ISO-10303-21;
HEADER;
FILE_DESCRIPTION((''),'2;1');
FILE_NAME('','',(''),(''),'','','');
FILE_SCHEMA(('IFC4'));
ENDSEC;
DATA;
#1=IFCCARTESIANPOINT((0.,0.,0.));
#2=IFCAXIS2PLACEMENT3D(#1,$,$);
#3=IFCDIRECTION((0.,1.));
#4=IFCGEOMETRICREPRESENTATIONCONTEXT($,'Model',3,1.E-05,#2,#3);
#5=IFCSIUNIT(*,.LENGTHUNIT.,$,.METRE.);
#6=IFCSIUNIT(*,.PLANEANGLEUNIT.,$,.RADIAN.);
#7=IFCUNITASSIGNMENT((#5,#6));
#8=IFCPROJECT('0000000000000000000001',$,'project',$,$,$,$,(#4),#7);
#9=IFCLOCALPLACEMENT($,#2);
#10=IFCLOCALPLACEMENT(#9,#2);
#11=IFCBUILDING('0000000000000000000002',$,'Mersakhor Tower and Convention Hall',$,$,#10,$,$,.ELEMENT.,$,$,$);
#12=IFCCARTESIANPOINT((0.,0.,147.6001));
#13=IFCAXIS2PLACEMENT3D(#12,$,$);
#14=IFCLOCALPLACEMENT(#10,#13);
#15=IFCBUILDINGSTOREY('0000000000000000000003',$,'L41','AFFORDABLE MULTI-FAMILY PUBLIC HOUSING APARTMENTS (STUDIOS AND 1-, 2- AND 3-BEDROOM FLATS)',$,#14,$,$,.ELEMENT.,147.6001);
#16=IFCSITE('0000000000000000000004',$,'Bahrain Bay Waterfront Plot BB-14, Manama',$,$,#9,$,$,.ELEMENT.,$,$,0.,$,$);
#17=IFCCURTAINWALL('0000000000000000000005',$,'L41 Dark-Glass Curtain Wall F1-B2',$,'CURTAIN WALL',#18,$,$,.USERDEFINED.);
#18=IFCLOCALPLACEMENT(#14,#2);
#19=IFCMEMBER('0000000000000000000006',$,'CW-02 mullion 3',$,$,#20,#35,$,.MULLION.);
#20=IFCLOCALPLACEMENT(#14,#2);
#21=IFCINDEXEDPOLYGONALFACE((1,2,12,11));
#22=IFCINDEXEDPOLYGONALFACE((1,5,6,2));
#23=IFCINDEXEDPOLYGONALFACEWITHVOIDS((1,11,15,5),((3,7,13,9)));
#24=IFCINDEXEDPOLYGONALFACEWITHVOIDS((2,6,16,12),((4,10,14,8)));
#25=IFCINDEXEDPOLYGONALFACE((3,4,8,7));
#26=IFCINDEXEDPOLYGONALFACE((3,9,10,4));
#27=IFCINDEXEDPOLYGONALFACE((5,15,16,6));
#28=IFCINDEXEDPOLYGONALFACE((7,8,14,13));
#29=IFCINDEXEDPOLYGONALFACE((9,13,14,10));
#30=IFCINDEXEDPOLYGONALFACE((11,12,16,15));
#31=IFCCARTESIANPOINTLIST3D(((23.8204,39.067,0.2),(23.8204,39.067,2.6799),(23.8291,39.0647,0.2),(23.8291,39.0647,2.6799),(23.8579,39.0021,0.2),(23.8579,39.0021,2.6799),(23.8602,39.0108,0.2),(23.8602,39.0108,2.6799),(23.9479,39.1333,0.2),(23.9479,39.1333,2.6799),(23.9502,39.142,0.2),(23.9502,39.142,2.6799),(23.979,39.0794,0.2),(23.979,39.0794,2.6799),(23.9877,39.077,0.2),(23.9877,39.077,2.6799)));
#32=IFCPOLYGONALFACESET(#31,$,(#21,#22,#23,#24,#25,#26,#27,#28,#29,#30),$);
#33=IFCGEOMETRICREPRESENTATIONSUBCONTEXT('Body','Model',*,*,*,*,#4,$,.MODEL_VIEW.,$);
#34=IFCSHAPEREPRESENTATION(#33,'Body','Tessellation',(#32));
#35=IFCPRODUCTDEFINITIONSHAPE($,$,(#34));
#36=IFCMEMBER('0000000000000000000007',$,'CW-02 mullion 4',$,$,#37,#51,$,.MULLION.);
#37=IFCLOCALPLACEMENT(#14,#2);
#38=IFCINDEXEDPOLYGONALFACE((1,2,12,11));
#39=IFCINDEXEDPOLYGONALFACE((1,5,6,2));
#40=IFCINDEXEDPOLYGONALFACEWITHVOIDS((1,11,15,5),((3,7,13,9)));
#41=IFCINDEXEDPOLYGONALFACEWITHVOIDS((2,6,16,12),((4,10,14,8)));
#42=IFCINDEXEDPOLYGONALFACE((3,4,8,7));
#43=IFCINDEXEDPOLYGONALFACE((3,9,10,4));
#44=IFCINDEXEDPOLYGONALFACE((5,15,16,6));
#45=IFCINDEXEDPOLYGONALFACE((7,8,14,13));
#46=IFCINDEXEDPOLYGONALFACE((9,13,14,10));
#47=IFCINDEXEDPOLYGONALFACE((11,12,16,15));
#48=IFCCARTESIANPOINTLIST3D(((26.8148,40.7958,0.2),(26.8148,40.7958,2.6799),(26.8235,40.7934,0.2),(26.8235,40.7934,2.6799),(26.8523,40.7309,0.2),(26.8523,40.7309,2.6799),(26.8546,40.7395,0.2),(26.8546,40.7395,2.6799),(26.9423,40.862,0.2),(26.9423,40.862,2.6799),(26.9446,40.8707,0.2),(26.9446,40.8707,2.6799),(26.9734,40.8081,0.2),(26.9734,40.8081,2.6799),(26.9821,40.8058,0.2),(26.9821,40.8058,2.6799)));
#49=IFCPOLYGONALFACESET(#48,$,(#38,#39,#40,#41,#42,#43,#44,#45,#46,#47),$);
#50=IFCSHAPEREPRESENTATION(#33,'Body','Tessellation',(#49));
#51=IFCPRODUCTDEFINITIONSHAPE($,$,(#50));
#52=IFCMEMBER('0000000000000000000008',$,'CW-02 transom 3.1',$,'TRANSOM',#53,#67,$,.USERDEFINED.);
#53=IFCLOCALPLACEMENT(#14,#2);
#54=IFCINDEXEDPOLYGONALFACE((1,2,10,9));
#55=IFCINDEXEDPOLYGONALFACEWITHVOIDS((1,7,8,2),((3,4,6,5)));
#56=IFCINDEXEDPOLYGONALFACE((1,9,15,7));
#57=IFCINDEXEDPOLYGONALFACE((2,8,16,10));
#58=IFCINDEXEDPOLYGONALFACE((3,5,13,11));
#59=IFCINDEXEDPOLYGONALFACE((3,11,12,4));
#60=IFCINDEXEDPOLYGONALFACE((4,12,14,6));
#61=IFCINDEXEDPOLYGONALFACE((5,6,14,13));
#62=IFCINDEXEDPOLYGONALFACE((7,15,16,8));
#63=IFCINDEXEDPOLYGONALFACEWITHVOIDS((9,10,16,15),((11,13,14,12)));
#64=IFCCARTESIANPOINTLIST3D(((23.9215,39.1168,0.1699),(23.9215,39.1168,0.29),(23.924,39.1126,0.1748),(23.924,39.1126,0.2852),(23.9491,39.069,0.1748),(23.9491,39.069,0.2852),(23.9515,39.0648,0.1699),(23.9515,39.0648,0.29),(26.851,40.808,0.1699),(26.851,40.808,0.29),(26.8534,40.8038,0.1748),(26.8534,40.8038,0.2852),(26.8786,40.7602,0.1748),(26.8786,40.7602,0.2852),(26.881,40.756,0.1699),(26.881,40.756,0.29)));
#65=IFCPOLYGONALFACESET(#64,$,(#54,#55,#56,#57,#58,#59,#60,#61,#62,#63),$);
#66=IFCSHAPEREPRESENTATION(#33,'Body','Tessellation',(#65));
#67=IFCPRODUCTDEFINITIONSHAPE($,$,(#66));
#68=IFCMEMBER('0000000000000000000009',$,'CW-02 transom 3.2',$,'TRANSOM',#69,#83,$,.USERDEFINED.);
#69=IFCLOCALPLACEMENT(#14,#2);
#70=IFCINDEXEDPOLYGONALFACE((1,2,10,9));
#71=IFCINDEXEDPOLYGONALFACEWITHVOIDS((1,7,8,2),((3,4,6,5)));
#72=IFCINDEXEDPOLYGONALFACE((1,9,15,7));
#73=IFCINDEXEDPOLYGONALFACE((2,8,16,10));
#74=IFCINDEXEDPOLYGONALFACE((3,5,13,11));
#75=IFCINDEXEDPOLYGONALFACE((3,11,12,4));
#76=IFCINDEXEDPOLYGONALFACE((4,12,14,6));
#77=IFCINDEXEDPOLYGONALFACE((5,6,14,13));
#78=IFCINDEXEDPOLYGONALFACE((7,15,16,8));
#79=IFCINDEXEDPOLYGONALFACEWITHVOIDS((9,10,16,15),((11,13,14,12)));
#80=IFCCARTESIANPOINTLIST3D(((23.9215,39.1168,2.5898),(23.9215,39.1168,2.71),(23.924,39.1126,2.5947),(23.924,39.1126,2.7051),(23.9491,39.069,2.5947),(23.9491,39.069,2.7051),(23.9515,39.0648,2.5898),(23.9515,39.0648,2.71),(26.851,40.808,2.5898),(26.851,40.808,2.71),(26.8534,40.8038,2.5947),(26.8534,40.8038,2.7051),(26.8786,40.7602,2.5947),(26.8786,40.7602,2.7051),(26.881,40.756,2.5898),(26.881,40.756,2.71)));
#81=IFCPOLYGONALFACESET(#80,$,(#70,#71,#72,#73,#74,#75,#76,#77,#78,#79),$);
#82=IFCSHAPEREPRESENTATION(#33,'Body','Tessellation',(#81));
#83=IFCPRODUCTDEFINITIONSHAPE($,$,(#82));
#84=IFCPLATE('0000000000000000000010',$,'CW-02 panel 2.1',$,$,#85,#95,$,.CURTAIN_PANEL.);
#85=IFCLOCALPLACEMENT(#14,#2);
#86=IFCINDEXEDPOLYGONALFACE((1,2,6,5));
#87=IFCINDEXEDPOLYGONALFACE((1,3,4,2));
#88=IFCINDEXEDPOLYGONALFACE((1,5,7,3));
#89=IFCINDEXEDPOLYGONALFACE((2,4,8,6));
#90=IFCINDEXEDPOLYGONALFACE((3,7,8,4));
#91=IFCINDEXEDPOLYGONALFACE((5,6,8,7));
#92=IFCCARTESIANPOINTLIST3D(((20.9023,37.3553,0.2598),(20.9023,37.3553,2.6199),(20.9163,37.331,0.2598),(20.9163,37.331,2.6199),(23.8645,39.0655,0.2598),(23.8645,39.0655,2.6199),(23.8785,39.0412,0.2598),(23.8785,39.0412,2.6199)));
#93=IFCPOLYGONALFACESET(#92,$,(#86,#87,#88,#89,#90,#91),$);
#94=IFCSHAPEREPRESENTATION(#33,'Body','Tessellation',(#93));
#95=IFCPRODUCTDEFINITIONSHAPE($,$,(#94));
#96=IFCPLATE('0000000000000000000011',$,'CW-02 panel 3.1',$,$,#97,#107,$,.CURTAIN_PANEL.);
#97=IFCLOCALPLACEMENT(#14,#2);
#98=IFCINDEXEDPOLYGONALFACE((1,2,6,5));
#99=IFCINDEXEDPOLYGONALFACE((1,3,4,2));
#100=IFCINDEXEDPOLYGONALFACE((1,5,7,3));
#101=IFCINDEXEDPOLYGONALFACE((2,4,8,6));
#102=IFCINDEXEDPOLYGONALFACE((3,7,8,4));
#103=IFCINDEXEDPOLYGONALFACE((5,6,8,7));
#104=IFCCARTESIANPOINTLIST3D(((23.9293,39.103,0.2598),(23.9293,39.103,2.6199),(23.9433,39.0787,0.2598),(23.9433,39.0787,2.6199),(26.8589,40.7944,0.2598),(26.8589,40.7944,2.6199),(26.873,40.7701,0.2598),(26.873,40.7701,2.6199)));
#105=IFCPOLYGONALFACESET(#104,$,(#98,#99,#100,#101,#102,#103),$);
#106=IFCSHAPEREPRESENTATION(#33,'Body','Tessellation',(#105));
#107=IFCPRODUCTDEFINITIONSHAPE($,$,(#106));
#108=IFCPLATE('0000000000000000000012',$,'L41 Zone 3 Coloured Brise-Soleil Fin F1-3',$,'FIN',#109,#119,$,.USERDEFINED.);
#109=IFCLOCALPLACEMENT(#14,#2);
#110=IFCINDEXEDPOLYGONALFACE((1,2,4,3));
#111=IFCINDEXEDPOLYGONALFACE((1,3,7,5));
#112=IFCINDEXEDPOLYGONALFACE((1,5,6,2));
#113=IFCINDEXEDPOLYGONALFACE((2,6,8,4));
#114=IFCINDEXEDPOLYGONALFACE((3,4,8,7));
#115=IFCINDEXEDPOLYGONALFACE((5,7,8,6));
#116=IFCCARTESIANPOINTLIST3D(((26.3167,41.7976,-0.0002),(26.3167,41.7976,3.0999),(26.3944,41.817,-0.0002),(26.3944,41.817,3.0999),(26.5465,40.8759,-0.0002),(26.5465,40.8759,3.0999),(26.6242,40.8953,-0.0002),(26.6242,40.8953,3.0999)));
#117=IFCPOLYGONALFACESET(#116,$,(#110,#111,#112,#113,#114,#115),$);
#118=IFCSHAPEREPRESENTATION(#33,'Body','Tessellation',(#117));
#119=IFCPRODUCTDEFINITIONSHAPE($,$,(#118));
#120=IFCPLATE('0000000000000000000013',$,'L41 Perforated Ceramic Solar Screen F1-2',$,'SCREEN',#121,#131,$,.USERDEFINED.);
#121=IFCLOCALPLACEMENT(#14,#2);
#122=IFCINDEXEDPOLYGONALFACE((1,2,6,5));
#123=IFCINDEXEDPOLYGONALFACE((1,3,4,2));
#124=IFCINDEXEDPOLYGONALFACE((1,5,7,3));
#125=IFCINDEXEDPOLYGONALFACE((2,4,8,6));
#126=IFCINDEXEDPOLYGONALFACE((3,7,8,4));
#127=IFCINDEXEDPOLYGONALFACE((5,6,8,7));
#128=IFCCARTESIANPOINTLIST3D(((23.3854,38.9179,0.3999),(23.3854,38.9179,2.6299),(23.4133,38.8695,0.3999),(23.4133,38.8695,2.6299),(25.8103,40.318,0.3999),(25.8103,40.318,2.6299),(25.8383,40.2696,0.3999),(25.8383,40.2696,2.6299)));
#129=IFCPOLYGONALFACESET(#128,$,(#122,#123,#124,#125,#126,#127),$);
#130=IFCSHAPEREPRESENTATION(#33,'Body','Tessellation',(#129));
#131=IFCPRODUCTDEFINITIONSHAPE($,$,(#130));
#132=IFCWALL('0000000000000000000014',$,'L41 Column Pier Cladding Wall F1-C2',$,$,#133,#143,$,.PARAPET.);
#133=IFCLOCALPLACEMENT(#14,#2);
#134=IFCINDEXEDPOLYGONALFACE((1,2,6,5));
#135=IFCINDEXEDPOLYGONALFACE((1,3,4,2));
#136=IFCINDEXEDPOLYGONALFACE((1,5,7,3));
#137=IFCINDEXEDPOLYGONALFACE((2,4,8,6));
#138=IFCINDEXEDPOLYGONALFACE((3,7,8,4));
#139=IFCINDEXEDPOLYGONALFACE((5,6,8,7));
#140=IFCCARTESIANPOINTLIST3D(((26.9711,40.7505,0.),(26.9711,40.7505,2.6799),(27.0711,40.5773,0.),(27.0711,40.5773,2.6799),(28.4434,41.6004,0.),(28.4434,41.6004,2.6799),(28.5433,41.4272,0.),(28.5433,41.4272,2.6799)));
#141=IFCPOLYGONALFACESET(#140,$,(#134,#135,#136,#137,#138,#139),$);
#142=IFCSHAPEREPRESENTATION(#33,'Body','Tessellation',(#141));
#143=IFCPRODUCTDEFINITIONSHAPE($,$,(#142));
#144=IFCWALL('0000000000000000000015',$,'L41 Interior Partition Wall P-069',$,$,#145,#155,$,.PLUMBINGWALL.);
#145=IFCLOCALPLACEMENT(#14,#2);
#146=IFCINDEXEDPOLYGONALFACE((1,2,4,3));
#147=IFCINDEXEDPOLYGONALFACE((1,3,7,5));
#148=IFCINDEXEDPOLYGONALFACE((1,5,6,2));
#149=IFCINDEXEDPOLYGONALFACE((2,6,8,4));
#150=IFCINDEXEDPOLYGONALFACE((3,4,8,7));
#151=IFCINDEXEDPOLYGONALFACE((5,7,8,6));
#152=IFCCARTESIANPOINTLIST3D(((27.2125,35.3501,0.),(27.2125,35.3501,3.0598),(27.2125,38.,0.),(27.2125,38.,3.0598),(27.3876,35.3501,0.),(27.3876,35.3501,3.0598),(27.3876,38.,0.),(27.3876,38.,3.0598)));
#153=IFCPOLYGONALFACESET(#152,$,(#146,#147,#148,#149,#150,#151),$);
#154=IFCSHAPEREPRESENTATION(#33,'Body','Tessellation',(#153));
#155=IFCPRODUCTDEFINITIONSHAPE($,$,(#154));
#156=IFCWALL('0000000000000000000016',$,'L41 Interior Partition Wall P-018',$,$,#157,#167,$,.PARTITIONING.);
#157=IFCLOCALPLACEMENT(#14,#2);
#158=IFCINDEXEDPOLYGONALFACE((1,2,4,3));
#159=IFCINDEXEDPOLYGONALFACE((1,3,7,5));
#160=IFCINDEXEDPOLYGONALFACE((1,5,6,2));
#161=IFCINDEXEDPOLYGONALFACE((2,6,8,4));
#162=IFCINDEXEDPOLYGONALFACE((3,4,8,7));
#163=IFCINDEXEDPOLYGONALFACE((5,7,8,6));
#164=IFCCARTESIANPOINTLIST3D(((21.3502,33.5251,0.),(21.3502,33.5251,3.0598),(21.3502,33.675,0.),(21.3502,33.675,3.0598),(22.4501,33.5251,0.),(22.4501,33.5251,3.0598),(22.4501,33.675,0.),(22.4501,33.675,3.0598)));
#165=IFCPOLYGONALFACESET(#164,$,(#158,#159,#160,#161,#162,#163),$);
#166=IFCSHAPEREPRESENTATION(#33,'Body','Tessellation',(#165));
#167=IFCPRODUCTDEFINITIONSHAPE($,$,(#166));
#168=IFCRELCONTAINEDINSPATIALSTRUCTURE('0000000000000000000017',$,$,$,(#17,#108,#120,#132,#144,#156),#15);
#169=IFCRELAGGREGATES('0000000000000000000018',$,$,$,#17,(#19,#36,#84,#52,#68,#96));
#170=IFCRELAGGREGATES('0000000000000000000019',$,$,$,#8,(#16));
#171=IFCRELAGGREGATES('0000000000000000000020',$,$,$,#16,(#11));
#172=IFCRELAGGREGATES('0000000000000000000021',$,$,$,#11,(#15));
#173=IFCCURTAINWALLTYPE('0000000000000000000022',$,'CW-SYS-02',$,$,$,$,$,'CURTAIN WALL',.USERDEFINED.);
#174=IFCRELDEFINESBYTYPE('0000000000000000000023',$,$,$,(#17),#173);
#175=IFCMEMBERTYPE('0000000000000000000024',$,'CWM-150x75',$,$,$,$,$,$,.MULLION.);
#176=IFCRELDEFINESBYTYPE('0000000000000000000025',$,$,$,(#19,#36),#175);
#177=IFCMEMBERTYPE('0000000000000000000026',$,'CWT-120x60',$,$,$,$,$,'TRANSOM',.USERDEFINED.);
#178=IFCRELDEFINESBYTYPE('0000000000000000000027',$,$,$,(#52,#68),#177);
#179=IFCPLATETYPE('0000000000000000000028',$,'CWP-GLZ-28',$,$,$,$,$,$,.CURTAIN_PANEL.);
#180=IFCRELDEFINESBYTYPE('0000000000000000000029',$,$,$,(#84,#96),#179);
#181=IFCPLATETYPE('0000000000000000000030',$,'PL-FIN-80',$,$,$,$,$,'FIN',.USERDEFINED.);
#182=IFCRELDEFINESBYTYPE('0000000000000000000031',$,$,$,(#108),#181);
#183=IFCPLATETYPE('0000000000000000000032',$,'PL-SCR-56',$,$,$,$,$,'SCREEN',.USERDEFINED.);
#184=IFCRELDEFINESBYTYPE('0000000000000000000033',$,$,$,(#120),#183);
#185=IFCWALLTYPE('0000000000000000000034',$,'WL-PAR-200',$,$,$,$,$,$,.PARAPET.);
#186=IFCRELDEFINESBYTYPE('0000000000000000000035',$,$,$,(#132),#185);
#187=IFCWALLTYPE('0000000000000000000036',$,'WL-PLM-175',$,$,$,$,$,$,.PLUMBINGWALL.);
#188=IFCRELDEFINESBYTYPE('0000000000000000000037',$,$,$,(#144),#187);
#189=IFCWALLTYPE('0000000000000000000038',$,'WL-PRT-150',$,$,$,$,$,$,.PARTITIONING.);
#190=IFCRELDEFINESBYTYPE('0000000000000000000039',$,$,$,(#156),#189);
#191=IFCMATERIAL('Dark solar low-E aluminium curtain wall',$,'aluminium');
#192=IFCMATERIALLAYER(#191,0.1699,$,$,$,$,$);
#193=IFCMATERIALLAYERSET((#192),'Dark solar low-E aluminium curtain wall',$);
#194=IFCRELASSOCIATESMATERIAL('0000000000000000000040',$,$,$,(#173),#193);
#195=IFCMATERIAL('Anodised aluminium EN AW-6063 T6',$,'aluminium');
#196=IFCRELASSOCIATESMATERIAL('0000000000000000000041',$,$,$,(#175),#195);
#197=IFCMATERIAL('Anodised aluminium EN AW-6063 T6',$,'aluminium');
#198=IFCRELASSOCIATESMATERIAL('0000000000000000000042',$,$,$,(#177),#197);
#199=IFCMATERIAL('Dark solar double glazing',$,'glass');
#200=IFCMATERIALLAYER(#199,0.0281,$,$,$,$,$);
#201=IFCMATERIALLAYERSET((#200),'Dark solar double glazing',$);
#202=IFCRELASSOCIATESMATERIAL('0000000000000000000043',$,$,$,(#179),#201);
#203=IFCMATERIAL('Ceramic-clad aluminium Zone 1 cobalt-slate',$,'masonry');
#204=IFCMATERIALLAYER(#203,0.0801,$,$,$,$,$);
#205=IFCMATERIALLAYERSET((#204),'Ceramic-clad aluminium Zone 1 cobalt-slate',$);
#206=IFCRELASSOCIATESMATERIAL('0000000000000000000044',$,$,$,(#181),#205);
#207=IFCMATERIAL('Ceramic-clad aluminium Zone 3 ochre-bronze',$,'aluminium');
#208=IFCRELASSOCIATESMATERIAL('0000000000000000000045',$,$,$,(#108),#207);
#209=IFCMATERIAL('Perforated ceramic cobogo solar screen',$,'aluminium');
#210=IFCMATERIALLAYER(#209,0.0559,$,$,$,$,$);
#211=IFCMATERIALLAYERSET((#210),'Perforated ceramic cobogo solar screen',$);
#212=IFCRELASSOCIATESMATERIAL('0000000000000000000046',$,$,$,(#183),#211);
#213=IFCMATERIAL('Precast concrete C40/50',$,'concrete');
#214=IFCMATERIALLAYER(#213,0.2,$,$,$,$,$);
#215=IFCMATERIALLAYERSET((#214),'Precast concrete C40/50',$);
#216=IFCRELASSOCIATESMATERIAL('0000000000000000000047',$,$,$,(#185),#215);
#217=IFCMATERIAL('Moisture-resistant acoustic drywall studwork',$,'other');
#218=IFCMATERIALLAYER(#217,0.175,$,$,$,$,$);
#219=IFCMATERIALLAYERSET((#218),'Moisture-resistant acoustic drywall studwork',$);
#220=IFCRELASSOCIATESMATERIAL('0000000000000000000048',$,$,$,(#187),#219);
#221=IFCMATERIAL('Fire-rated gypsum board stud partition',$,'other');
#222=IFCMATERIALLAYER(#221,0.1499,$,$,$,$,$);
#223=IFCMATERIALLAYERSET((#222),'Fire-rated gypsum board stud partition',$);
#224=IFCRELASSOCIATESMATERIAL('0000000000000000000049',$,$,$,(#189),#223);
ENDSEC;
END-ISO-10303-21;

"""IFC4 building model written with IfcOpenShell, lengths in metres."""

from ifc_helpers import new_model, si_unit, direction, frame, frame_2d, origin, origin_2d, place, context, subcontext, project, spatial, rectangle, hollow_rectangle, extrude, material, layer, layer_set, material_profile, profile_set, type_object, element, aggregate, save


model = new_model("IFC4")

# Units and contexts
model_context = context("Model", 3, precision=1e-05, world=origin(), true_north=direction((0.0, 1.0)))
body_context = subcontext(model_context, "Body", "Model", "MODEL_VIEW")
ifc_project = project(units=[si_unit("LENGTHUNIT", "METRE"), si_unit("PLANEANGLEUNIT", "RADIAN")], contexts=[model_context])

# Site, building, storey
site_placement = place(None, origin())
site = spatial("IfcSite", under=ifc_project, at=site_placement, Name="Bahrain Bay Waterfront Plot BB-14, Manama", CompositionType="ELEMENT", RefElevation=0.0)
building_placement = place(site_placement, origin())
building = spatial("IfcBuilding", under=site, at=building_placement, Name="Mersakhor Tower and Convention Hall", CompositionType="ELEMENT")
storey_placement = place(building_placement, frame((0.0, 0.0, 147.6001)))
storey = spatial("IfcBuildingStorey", under=building, at=storey_placement, Name="L41", Description="AFFORDABLE MULTI-FAMILY PUBLIC HOUSING APARTMENTS (STUDIOS AND 1-, 2- AND 3-BEDROOM FLATS)", CompositionType="ELEMENT", Elevation=147.6001)

# Curtain wall, members, plates
ifc_material_1 = material(Name="Dark solar low-E aluminium curtain wall", Category="aluminium")
ifc_layer_1 = layer(ifc_material_1, 0.1699)
ifc_layer_set_1 = layer_set([ifc_layer_1], Name="Dark solar low-E aluminium curtain wall")
curtain_wall_type = type_object("IfcCurtainWallType", Name="CW-SYS-02", ElementType="CURTAIN WALL", PredefinedType="USERDEFINED", material=ifc_layer_set_1)
curtain_wall_placement = place(storey_placement, origin())
curtain_wall = element("IfcCurtainWall", 1, at=curtain_wall_placement, inside=storey, type_object=curtain_wall_type, Name="L41 Dark-Glass Curtain Wall F1-B2", ObjectType="CURTAIN WALL", PredefinedType="USERDEFINED")
ifc_material_2 = material(Name="Anodised aluminium EN AW-6063 T6", Category="aluminium")
ifc_material_profile_1 = material_profile(ifc_material_2, hollow_rectangle(XDim=0.075, YDim=0.1499, WallThickness=0.0063, at=origin_2d()), Name="RHS 150x75x6.3")
ifc_profile_set_1 = profile_set([ifc_material_profile_1], Name="Anodised aluminium EN AW-6063 T6")
member_type_1 = type_object("IfcMemberType", Name="CWM-150x75", PredefinedType="MULLION", material=ifc_profile_set_1)
member_1_placement = place(storey_placement, frame((23.9041, 39.072, 0.2), z_axis=(0.0, 0.0, 1.0), x_axis=(-0.49999, 0.866031, 0.0)))
member_1 = element("IfcMember", 2, at=member_1_placement, type_object=member_type_1, Name="CW-02 mullion 3", PredefinedType="MULLION", context=body_context, shape_type="SweptSolid", body=[
    extrude(hollow_rectangle(XDim=0.075, YDim=0.1499, WallThickness=0.0063, at=origin_2d()), origin(), (0.0, 0.0, 1.0), 2.48),
])
member_2_placement = place(storey_placement, frame((26.8984, 40.8008, 0.2), z_axis=(0.0, 0.0, 1.0), x_axis=(-0.49999, 0.866031, 0.0)))
member_2 = element("IfcMember", 3, at=member_2_placement, type_object=member_type_1, Name="CW-02 mullion 4", PredefinedType="MULLION", context=body_context, shape_type="SweptSolid", body=[
    extrude(hollow_rectangle(XDim=0.075, YDim=0.1499, WallThickness=0.0063, at=origin_2d()), origin(), (0.0, 0.0, 1.0), 2.48),
])
ifc_material_3 = material(Name="Anodised aluminium EN AW-6063 T6", Category="aluminium")
ifc_material_profile_2 = material_profile(ifc_material_3, hollow_rectangle(XDim=0.0601, YDim=0.1201, WallThickness=0.0049, at=origin_2d()), Name="RHS 120x60x5")
ifc_profile_set_2 = profile_set([ifc_material_profile_2], Name="Anodised aluminium EN AW-6063 T6")
member_type_2 = type_object("IfcMemberType", Name="CWT-120x60", ElementType="TRANSOM", PredefinedType="USERDEFINED", material=ifc_profile_set_2)
member_3_placement = place(storey_placement, frame((23.9365, 39.0908, 0.23), z_axis=(0.866045, 0.499966, 0.0), x_axis=(-0.499966, 0.866045, 0.0)))
member_3 = element("IfcMember", 4, at=member_3_placement, type_object=member_type_2, Name="CW-02 transom 3.1", ObjectType="TRANSOM", PredefinedType="USERDEFINED", context=body_context, shape_type="SweptSolid", body=[
    extrude(hollow_rectangle(XDim=0.0601, YDim=0.1201, WallThickness=0.0049, at=origin_2d()), origin(), (0.0, 0.0, 1.0), 3.3826),
])
member_4_placement = place(storey_placement, frame((23.9365, 39.0908, 2.6499), z_axis=(0.866045, 0.499966, 0.0), x_axis=(-0.499966, 0.866045, 0.0)))
member_4 = element("IfcMember", 5, at=member_4_placement, type_object=member_type_2, Name="CW-02 transom 3.2", ObjectType="TRANSOM", PredefinedType="USERDEFINED", context=body_context, shape_type="SweptSolid", body=[
    extrude(hollow_rectangle(XDim=0.0601, YDim=0.1201, WallThickness=0.0049, at=origin_2d()), origin(), (0.0, 0.0, 1.0), 3.3826),
])
ifc_material_4 = material(Name="Dark solar double glazing", Category="glass")
ifc_layer_2 = layer(ifc_material_4, 0.0281)
ifc_layer_set_2 = layer_set([ifc_layer_2], Name="Dark solar double glazing")
plate_type_1 = type_object("IfcPlateType", Name="CWP-GLZ-28", PredefinedType="CURTAIN_PANEL", material=ifc_layer_set_2)
plate_1_placement = place(storey_placement, frame((22.3904, 38.1982, 0.2598), z_axis=(0.0, 0.0, 1.0), x_axis=(0.866031, 0.49999, 0.0)))
plate_1 = element("IfcPlate", 6, at=plate_1_placement, type_object=plate_type_1, Name="CW-02 panel 2.1", PredefinedType="CURTAIN_PANEL", context=body_context, shape_type="SweptSolid", body=[
    extrude(rectangle(XDim=3.4204, YDim=0.0281, at=origin_2d()), origin(), (0.0, 0.0, 1.0), 2.3601),
])
plate_2_placement = place(storey_placement, frame((25.4011, 39.9365, 0.2598), z_axis=(0.0, 0.0, 1.0), x_axis=(0.866031, 0.49999, 0.0)))
plate_2 = element("IfcPlate", 7, at=plate_2_placement, type_object=plate_type_1, Name="CW-02 panel 3.1", PredefinedType="CURTAIN_PANEL", context=body_context, shape_type="SweptSolid", body=[
    extrude(rectangle(XDim=3.3828, YDim=0.0281, at=origin_2d()), origin(), (0.0, 0.0, 1.0), 2.3601),
])
aggregate(curtain_wall, [member_1, member_2, plate_1, member_3, member_4, plate_2])

# Plates
ifc_material_5 = material(Name="Ceramic-clad aluminium Zone 3 ochre-bronze", Category="aluminium")
ifc_material_6 = material(Name="Ceramic-clad aluminium Zone 1 cobalt-slate", Category="masonry")
ifc_layer_3 = layer(ifc_material_6, 0.0801)
ifc_layer_set_3 = layer_set([ifc_layer_3], Name="Ceramic-clad aluminium Zone 1 cobalt-slate")
plate_type_2 = type_object("IfcPlateType", Name="PL-FIN-80", ElementType="FIN", PredefinedType="USERDEFINED", material=ifc_layer_set_3)
plate_3_placement = place(storey_placement, frame((26.4705, 41.3464, -0.0002), z_axis=(0.0, 0.0, 1.0), x_axis=(-0.241922, 0.970296, 0.0)))
element("IfcPlate", 8, at=plate_3_placement, inside=storey, type_object=plate_type_2, material=ifc_material_5, Name="L41 Zone 3 Coloured Brise-Soleil Fin F1-3", ObjectType="FIN", PredefinedType="USERDEFINED", context=body_context, shape_type="SweptSolid", body=[
    extrude(rectangle(XDim=0.95, YDim=0.0801, at=origin_2d()), origin(), (0.0, 0.0, 1.0), 3.1001),
])
ifc_material_7 = material(Name="Perforated ceramic cobogo solar screen", Category="aluminium")
ifc_layer_4 = layer(ifc_material_7, 0.0559)
ifc_layer_set_4 = layer_set([ifc_layer_4], Name="Perforated ceramic cobogo solar screen")
plate_type_3 = type_object("IfcPlateType", Name="PL-SCR-56", ElementType="SCREEN", PredefinedType="USERDEFINED", material=ifc_layer_set_4)
plate_4_placement = place(storey_placement, frame((24.6118, 39.5938, 0.3999), z_axis=(0.0, 0.0, 1.0), x_axis=(0.866025, 0.5, 0.0)))
element("IfcPlate", 9, at=plate_4_placement, inside=storey, type_object=plate_type_3, Name="L41 Perforated Ceramic Solar Screen F1-2", ObjectType="SCREEN", PredefinedType="USERDEFINED", context=body_context, shape_type="SweptSolid", body=[
    extrude(rectangle(XDim=2.8, YDim=0.0559, at=origin_2d()), origin(), (0.0, 0.0, 1.0), 2.23),
])

# Walls
ifc_material_8 = material(Name="Precast concrete C40/50", Category="concrete")
ifc_layer_5 = layer(ifc_material_8, 0.2)
ifc_layer_set_5 = layer_set([ifc_layer_5], Name="Precast concrete C40/50")
wall_type_1 = type_object("IfcWallType", Name="WL-PAR-200", PredefinedType="PARAPET", material=ifc_layer_set_5)
wall_1_placement = place(storey_placement, frame((27.021, 40.6638, 0.0), z_axis=(0.0, 0.0, 1.0), x_axis=(0.866052, 0.499955, 0.0)))
element("IfcWall", 10, at=wall_1_placement, inside=storey, type_object=wall_type_1, Name="L41 Column Pier Cladding Wall F1-C2", PredefinedType="PARAPET", context=body_context, shape_type="SweptSolid", body=[
    extrude(rectangle(XDim=1.7, YDim=0.2, at=frame_2d((0.8501, 0.0))), origin(), (0.0, 0.0, 1.0), 2.6799),
])
ifc_material_9 = material(Name="Moisture-resistant acoustic drywall studwork", Category="other")
ifc_layer_6 = layer(ifc_material_9, 0.175)
ifc_layer_set_6 = layer_set([ifc_layer_6], Name="Moisture-resistant acoustic drywall studwork")
wall_type_2 = type_object("IfcWallType", Name="WL-PLM-175", PredefinedType="PLUMBINGWALL", material=ifc_layer_set_6)
wall_2_placement = place(storey_placement, frame((27.3, 38.0, 0.0), z_axis=(0.0, 0.0, 1.0), x_axis=(0.0, -1.0, 0.0)))
element("IfcWall", 11, at=wall_2_placement, inside=storey, type_object=wall_type_2, Name="L41 Interior Partition Wall P-069", PredefinedType="PLUMBINGWALL", context=body_context, shape_type="SweptSolid", body=[
    extrude(rectangle(XDim=2.6499, YDim=0.175, at=frame_2d((1.325, 0.0))), origin(), (0.0, 0.0, 1.0), 3.0598),
])
ifc_material_10 = material(Name="Fire-rated gypsum board stud partition", Category="other")
ifc_layer_7 = layer(ifc_material_10, 0.1499)
ifc_layer_set_7 = layer_set([ifc_layer_7], Name="Fire-rated gypsum board stud partition")
wall_type_3 = type_object("IfcWallType", Name="WL-PRT-150", PredefinedType="PARTITIONING", material=ifc_layer_set_7)
wall_3_placement = place(storey_placement, frame((22.45, 33.6001, 0.0), z_axis=(0.0, 0.0, 1.0), x_axis=(-1.0, 0.0, 0.0)))
element("IfcWall", 12, at=wall_3_placement, inside=storey, type_object=wall_type_3, Name="L41 Interior Partition Wall P-018", PredefinedType="PARTITIONING", context=body_context, shape_type="SweptSolid", body=[
    extrude(rectangle(XDim=1.0999, YDim=0.1499, at=frame_2d((0.5498, 0.0))), origin(), (0.0, 0.0, 1.0), 3.0598),
])

save(model, "model.ifc")
